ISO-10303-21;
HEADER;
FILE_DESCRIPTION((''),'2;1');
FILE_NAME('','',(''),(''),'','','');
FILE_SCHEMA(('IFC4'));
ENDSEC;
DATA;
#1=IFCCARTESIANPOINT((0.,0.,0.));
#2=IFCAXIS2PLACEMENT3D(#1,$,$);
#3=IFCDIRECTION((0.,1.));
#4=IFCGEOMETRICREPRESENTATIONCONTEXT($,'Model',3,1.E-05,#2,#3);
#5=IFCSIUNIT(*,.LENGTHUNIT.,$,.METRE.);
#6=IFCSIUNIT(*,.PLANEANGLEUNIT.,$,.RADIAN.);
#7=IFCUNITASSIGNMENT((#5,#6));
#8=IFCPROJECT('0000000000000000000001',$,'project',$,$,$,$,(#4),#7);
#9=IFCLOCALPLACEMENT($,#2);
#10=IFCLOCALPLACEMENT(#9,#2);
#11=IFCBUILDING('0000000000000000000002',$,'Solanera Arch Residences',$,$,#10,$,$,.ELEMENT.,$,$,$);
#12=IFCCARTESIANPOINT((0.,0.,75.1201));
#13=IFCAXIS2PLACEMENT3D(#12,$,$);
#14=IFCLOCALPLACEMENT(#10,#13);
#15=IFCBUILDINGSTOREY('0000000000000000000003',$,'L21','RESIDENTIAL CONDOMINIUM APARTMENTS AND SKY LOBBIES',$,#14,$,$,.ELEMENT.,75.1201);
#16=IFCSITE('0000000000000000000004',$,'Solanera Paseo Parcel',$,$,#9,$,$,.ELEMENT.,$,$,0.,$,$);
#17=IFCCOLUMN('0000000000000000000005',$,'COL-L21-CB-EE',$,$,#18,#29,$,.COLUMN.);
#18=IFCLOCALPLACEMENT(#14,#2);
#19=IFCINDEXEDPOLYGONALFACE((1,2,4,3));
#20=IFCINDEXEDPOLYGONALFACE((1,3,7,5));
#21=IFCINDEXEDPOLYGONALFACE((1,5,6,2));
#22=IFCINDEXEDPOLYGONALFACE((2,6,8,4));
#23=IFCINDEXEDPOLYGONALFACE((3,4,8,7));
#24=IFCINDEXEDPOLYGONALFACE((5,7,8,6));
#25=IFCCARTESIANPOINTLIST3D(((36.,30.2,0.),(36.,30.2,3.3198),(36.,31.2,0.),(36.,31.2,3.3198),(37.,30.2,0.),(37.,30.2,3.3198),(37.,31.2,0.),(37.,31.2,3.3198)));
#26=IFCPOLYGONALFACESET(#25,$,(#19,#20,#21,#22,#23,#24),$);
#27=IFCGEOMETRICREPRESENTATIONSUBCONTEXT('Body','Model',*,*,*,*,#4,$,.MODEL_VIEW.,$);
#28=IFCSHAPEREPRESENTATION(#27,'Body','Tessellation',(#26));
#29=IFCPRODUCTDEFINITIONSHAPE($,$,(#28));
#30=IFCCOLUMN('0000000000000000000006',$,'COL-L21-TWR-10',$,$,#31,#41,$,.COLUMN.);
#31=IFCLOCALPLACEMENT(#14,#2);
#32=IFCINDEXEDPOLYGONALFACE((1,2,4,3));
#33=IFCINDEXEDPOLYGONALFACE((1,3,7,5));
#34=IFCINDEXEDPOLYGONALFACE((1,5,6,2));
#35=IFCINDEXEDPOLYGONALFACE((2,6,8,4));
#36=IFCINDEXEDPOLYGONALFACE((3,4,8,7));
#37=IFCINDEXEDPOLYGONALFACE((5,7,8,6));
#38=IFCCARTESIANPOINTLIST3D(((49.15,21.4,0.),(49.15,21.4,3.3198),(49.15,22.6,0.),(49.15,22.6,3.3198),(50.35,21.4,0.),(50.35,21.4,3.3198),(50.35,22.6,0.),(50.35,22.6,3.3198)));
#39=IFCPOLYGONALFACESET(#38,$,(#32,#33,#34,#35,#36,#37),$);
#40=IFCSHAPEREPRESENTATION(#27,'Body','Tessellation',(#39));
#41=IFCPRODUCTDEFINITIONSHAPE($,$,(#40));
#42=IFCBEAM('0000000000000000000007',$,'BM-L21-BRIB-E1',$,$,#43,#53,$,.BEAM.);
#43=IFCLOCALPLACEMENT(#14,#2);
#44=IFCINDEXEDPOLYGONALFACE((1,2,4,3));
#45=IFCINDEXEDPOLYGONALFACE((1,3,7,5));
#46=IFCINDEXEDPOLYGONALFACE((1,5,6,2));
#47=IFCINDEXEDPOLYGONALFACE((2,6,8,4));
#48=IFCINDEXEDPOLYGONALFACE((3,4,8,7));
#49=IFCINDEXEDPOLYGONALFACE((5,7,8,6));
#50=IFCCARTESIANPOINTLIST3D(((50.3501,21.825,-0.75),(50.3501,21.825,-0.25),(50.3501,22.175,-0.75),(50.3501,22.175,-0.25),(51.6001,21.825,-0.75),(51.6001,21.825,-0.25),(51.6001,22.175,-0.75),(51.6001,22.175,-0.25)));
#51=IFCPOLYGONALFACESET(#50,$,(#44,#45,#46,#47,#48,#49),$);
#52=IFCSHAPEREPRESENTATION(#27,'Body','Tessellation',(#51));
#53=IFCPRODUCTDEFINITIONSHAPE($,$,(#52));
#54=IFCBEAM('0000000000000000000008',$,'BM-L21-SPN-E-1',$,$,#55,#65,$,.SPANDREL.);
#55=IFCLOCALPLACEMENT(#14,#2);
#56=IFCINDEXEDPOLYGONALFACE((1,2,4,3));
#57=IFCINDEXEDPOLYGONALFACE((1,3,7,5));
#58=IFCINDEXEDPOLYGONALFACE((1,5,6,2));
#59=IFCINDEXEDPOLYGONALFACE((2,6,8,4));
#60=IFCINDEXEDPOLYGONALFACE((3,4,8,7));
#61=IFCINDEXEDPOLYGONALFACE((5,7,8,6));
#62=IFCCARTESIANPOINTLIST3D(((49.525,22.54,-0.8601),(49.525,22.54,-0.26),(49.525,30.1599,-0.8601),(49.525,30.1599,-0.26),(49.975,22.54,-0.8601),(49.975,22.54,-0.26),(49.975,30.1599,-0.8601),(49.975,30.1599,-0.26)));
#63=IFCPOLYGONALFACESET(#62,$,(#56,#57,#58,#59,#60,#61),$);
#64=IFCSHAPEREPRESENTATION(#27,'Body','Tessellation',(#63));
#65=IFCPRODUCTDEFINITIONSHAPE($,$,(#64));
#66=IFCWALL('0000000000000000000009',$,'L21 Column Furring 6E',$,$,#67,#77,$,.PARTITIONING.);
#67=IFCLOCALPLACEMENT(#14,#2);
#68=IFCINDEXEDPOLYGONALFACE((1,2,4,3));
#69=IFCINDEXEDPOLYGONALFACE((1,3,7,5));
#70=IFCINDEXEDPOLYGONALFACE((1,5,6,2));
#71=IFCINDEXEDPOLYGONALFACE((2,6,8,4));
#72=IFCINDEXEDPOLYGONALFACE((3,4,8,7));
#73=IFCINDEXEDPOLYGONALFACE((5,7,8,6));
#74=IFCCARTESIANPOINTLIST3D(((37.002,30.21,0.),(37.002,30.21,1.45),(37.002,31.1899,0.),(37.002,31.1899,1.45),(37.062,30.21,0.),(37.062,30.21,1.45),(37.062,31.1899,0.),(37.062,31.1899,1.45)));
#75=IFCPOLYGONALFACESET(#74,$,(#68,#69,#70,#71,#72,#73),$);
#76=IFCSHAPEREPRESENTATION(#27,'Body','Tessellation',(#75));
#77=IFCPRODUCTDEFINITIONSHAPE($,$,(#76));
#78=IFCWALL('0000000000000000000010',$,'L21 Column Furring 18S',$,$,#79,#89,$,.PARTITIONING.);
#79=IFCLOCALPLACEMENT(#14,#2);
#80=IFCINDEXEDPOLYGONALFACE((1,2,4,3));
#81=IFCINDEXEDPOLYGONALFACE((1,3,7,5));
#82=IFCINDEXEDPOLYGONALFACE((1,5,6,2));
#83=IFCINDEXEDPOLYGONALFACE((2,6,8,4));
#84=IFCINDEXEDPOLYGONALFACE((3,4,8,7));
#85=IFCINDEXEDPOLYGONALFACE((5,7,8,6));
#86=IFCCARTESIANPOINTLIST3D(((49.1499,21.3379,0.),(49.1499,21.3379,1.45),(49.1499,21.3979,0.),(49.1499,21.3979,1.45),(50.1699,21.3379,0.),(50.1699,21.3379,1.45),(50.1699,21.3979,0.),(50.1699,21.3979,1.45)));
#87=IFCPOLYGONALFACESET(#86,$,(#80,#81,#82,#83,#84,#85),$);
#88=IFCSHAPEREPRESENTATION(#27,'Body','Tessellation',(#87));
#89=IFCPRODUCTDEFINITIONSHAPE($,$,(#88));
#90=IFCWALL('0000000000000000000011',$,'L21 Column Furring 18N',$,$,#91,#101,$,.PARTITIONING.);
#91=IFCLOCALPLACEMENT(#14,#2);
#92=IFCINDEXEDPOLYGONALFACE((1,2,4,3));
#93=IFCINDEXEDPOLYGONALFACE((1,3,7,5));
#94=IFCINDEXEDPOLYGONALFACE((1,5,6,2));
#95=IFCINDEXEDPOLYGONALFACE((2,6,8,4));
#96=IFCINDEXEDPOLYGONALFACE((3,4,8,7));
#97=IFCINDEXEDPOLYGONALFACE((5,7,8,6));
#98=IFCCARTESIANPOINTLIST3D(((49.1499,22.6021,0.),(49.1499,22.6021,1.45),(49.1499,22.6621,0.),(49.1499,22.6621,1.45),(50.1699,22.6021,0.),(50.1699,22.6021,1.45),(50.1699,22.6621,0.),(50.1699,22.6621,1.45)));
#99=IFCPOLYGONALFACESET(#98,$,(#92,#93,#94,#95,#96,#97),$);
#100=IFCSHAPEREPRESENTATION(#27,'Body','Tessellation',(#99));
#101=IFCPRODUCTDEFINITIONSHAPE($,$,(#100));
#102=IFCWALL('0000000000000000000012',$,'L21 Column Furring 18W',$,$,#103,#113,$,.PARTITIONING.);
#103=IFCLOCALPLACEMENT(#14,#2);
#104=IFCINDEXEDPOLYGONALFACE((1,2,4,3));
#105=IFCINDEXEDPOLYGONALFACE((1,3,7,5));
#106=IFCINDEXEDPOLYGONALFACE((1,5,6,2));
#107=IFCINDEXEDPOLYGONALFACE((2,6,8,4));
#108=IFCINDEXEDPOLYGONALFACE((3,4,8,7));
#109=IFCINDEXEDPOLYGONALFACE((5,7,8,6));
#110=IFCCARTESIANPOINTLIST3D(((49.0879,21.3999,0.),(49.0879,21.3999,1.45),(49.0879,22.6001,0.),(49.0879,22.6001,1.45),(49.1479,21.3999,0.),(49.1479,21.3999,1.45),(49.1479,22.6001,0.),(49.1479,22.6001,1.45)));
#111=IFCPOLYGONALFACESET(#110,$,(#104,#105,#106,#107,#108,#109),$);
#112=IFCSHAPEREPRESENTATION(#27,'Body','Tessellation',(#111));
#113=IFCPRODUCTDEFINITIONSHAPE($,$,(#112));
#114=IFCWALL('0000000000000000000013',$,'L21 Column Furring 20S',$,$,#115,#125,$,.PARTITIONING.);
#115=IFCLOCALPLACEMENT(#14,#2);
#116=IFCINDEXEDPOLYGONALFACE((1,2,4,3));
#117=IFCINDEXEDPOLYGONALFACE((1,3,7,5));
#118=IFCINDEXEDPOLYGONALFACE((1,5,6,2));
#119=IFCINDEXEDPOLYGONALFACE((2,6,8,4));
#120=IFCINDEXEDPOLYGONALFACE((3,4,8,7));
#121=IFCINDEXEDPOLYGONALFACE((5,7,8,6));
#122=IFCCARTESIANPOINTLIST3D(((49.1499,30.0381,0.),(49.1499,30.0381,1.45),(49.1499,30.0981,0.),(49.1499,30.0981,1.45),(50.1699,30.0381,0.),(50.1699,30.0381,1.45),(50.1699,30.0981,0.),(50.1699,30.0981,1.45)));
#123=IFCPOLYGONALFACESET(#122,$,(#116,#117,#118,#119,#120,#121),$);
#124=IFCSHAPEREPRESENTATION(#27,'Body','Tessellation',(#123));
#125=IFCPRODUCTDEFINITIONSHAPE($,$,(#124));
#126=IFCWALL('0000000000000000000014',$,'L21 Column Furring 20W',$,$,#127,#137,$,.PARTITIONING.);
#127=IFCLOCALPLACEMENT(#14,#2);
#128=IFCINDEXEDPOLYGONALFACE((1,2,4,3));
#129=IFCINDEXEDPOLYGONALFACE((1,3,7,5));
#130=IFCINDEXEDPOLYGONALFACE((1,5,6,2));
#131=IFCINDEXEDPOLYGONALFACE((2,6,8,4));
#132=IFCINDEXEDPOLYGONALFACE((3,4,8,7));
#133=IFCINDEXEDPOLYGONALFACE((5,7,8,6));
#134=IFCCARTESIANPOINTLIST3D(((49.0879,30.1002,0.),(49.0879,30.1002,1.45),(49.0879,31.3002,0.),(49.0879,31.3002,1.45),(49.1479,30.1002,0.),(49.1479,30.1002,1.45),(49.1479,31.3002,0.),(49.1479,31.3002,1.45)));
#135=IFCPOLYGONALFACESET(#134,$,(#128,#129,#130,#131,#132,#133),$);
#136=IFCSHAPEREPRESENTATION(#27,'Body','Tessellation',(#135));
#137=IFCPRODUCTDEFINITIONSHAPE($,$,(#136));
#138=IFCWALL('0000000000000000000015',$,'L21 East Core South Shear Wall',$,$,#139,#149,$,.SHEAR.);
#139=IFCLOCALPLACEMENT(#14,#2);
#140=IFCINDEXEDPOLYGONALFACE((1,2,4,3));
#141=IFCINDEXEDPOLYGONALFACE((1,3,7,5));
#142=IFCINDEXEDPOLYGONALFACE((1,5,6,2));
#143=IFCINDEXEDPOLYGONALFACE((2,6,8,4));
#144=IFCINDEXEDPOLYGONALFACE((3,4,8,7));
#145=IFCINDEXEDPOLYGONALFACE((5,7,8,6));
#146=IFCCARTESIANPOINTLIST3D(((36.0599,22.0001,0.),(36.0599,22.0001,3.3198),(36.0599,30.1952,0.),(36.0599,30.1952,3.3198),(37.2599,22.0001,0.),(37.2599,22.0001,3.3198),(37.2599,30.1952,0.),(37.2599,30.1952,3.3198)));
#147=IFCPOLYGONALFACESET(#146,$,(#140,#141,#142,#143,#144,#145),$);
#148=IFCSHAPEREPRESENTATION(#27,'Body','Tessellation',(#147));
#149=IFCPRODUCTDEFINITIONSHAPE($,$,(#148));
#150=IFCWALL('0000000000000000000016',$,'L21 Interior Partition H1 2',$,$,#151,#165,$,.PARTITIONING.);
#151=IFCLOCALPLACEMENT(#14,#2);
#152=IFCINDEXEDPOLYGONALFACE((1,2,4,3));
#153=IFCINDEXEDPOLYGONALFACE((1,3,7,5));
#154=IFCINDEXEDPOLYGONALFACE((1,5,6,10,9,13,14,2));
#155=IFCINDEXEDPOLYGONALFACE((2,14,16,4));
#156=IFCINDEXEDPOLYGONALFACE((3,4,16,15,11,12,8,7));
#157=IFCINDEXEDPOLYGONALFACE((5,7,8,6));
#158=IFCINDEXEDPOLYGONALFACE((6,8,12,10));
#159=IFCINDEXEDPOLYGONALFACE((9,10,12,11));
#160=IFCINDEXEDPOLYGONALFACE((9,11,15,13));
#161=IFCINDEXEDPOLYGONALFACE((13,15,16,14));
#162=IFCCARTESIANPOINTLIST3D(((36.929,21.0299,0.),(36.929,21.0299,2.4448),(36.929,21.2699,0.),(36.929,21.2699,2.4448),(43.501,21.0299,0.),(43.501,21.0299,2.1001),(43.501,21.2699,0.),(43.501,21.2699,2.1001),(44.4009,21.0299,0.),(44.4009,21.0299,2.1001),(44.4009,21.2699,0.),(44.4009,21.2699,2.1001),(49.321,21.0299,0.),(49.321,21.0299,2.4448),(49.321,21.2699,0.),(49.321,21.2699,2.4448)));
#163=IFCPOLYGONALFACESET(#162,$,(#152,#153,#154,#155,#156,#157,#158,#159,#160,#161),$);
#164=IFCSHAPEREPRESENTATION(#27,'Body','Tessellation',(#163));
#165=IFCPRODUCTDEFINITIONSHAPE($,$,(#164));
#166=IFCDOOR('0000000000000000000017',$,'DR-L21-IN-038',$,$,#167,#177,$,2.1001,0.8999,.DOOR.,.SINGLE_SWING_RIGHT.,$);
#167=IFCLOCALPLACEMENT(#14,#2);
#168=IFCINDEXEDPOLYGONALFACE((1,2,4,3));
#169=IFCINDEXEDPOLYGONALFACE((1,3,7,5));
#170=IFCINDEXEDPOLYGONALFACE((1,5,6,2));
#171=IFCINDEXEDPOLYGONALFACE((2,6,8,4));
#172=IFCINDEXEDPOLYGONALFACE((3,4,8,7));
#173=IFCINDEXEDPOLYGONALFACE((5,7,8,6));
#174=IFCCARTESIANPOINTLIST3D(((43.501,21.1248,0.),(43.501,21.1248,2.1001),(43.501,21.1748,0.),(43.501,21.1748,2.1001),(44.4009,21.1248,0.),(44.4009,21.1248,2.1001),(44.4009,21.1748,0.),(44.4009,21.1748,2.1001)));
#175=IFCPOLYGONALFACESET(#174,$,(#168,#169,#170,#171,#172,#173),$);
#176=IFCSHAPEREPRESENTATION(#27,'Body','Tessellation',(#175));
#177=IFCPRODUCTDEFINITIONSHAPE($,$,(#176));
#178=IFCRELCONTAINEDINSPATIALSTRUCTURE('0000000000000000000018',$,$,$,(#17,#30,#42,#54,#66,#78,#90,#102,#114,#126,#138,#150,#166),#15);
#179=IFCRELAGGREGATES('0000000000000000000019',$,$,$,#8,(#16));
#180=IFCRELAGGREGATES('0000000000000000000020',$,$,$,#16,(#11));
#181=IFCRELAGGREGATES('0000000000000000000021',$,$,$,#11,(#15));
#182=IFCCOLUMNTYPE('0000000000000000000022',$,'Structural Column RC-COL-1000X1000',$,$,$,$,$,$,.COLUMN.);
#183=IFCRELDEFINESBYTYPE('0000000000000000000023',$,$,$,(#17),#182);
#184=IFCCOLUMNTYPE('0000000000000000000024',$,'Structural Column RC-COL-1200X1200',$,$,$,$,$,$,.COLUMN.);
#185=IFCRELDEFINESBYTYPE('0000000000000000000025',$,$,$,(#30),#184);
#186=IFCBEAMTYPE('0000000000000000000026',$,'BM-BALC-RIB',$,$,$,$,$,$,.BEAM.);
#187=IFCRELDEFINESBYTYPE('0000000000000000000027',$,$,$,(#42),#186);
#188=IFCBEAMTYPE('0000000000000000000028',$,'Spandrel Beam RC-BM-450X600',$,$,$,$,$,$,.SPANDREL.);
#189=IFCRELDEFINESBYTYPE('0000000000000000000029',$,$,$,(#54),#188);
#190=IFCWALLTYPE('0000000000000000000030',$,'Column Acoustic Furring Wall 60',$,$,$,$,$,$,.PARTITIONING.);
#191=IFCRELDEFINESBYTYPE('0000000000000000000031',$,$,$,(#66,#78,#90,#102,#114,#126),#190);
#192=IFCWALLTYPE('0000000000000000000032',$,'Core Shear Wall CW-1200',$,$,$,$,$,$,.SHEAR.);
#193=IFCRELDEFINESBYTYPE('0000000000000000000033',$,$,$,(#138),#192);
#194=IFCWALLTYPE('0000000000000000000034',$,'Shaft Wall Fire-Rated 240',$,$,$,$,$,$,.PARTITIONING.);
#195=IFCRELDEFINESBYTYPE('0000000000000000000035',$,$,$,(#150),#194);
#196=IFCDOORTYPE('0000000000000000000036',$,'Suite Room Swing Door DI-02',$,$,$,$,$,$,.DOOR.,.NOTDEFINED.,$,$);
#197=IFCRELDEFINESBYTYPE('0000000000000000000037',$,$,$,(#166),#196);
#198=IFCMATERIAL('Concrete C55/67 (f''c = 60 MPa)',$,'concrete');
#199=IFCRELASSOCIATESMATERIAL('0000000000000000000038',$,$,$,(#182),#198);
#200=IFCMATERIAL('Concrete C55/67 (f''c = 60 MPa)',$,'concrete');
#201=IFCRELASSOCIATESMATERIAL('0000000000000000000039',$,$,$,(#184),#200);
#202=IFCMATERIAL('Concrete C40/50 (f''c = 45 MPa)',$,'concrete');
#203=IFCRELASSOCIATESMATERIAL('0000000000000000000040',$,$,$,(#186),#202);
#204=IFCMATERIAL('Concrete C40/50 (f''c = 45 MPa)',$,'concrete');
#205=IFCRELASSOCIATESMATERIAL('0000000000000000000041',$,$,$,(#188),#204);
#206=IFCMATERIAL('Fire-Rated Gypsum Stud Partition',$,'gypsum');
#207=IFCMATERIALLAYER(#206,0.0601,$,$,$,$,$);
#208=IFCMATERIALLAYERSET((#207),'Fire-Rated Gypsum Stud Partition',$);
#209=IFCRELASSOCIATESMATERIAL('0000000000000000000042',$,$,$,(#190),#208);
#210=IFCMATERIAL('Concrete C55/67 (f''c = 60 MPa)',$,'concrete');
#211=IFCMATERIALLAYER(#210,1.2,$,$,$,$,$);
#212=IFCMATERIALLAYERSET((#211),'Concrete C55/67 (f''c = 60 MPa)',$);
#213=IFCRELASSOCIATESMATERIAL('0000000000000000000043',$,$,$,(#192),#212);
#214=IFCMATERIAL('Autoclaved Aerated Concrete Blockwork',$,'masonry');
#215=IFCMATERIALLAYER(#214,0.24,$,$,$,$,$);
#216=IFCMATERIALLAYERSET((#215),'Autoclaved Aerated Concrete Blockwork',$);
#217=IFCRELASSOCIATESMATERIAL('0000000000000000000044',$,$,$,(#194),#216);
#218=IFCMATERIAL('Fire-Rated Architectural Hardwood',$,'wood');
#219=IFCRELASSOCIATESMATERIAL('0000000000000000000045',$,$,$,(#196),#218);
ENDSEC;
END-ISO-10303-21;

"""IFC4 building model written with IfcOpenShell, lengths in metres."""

from ifc_helpers import new_model, si_unit, direction, frame, frame_2d, origin, origin_2d, place, context, subcontext, project, spatial, rectangle, extrude, material, layer, layer_set, material_profile, profile_set, type_object, element, fill, save


model = new_model("IFC4")

# Units and contexts
model_context = context("Model", 3, precision=1e-05, world=origin(), true_north=direction((0.0, 1.0)))
body_context = subcontext(model_context, "Body", "Model", "MODEL_VIEW")
ifc_project = project(units=[si_unit("LENGTHUNIT", "METRE"), si_unit("PLANEANGLEUNIT", "RADIAN")], contexts=[model_context])

# Site, building, storey
site_placement = place(None, origin())
site = spatial("IfcSite", under=ifc_project, at=site_placement, Name="Solanera Paseo Parcel", CompositionType="ELEMENT", RefElevation=0.0)
building_placement = place(site_placement, origin())
building = spatial("IfcBuilding", under=site, at=building_placement, Name="Solanera Arch Residences", CompositionType="ELEMENT")
storey_placement = place(building_placement, frame((0.0, 0.0, 75.1201)))
storey = spatial("IfcBuildingStorey", under=building, at=storey_placement, Name="L21", Description="RESIDENTIAL CONDOMINIUM APARTMENTS AND SKY LOBBIES", CompositionType="ELEMENT", Elevation=75.1201)

# Columns
ifc_material_1 = material(Name="Concrete C55/67 (f'c = 60 MPa)", Category="concrete")
ifc_material_profile_1 = material_profile(ifc_material_1, rectangle(XDim=1.0, YDim=1.0, at=origin_2d()))
ifc_profile_set_1 = profile_set([ifc_material_profile_1], Name="Concrete C55/67 (f'c = 60 MPa)")
column_type_1 = type_object("IfcColumnType", Name="Structural Column RC-COL-1000X1000", PredefinedType="COLUMN", material=ifc_profile_set_1)
column_1_placement = place(storey_placement, frame((36.5, 30.7, 0.0), z_axis=(0.0, 0.0, 1.0), x_axis=(1.0, 0.0, 0.0)))
element("IfcColumn", 1, at=column_1_placement, inside=storey, type_object=column_type_1, Name="COL-L21-CB-EE", PredefinedType="COLUMN", context=body_context, shape_type="SweptSolid", body=[
    extrude(rectangle(XDim=1.0, YDim=1.0, at=origin_2d()), origin(), (0.0, 0.0, 1.0), 3.3198),
])
ifc_material_2 = material(Name="Concrete C55/67 (f'c = 60 MPa)", Category="concrete")
ifc_material_profile_2 = material_profile(ifc_material_2, rectangle(XDim=1.2, YDim=1.2, at=origin_2d()))
ifc_profile_set_2 = profile_set([ifc_material_profile_2], Name="Concrete C55/67 (f'c = 60 MPa)")
column_type_2 = type_object("IfcColumnType", Name="Structural Column RC-COL-1200X1200", PredefinedType="COLUMN", material=ifc_profile_set_2)
column_2_placement = place(storey_placement, frame((49.75, 22.0, 0.0), z_axis=(0.0, 0.0, 1.0), x_axis=(1.0, 0.0, 0.0)))
element("IfcColumn", 2, at=column_2_placement, inside=storey, type_object=column_type_2, Name="COL-L21-TWR-10", PredefinedType="COLUMN", context=body_context, shape_type="SweptSolid", body=[
    extrude(rectangle(XDim=1.2, YDim=1.2, at=origin_2d()), origin(), (0.0, 0.0, 1.0), 3.3198),
])

# Beams
ifc_material_3 = material(Name="Concrete C40/50 (f'c = 45 MPa)", Category="concrete")
ifc_material_profile_3 = material_profile(ifc_material_3, rectangle(XDim=0.3501, YDim=0.5, at=origin_2d()))
ifc_profile_set_3 = profile_set([ifc_material_profile_3], Name="Concrete C40/50 (f'c = 45 MPa)")
beam_type_1 = type_object("IfcBeamType", Name="BM-BALC-RIB", PredefinedType="BEAM", material=ifc_profile_set_3)
beam_1_placement = place(storey_placement, frame((50.3501, 22.0, -0.5), z_axis=(1.0, 0.0, 0.0), x_axis=(0.0, 1.0, 0.0)))
element("IfcBeam", 3, at=beam_1_placement, inside=storey, type_object=beam_type_1, Name="BM-L21-BRIB-E1", PredefinedType="BEAM", context=body_context, shape_type="SweptSolid", body=[
    extrude(rectangle(XDim=0.3501, YDim=0.5, at=origin_2d()), origin(), (0.0, 0.0, 1.0), 1.25),
])
ifc_material_4 = material(Name="Concrete C40/50 (f'c = 45 MPa)", Category="concrete")
ifc_material_profile_4 = material_profile(ifc_material_4, rectangle(XDim=0.45, YDim=0.6001, at=origin_2d()))
ifc_profile_set_4 = profile_set([ifc_material_profile_4], Name="Concrete C40/50 (f'c = 45 MPa)")
beam_type_2 = type_object("IfcBeamType", Name="Spandrel Beam RC-BM-450X600", PredefinedType="SPANDREL", material=ifc_profile_set_4)
beam_2_placement = place(storey_placement, frame((49.75, 22.54, -0.5601), z_axis=(0.0, 1.0, 0.0), x_axis=(-1.0, 0.0, 0.0)))
element("IfcBeam", 4, at=beam_2_placement, inside=storey, type_object=beam_type_2, Name="BM-L21-SPN-E-1", PredefinedType="SPANDREL", context=body_context, shape_type="SweptSolid", body=[
    extrude(rectangle(XDim=0.45, YDim=0.6001, at=origin_2d()), origin(), (0.0, 0.0, 1.0), 7.6199),
])

# Walls
ifc_material_5 = material(Name="Fire-Rated Gypsum Stud Partition", Category="gypsum")
ifc_layer_1 = layer(ifc_material_5, 0.0601)
ifc_layer_set_1 = layer_set([ifc_layer_1], Name="Fire-Rated Gypsum Stud Partition")
wall_type_1 = type_object("IfcWallType", Name="Column Acoustic Furring Wall 60", PredefinedType="PARTITIONING", material=ifc_layer_set_1)
wall_1_placement = place(storey_placement, frame((37.032, 30.21, 0.0), z_axis=(0.0, 0.0, 1.0), x_axis=(0.0, 1.0, 0.0)))
element("IfcWall", 5, at=wall_1_placement, inside=storey, type_object=wall_type_1, Name="L21 Column Furring 6E", PredefinedType="PARTITIONING", context=body_context, shape_type="SweptSolid", body=[
    extrude(rectangle(XDim=0.98, YDim=0.0601, at=frame_2d((0.49, 0.0))), origin(), (0.0, 0.0, 1.0), 1.45),
])
for number, where, z_axis, x_axis, name in (
    (6, (49.1499, 21.3679, 0.0), (0.0, 0.0, 1.0), (1.0, 0.0, 0.0), "L21 Column Furring 18S"),
    (7, (49.1499, 22.6321, 0.0), (0.0, 0.0, 1.0), (1.0, 0.0, 0.0), "L21 Column Furring 18N"),
):
    element("IfcWall", number, at=place(storey_placement, frame(where, z_axis=z_axis, x_axis=x_axis)), inside=storey, type_object=wall_type_1, Name=name, PredefinedType="PARTITIONING", context=body_context, shape_type="SweptSolid", body=[
        extrude(rectangle(XDim=1.02, YDim=0.0601, at=frame_2d((0.51, 0.0))), origin(), (0.0, 0.0, 1.0), 1.45),
    ])
wall_2_placement = place(storey_placement, frame((49.1179, 21.3999, 0.0), z_axis=(0.0, 0.0, 1.0), x_axis=(0.0, 1.0, 0.0)))
element("IfcWall", 8, at=wall_2_placement, inside=storey, type_object=wall_type_1, Name="L21 Column Furring 18W", PredefinedType="PARTITIONING", context=body_context, shape_type="SweptSolid", body=[
    extrude(rectangle(XDim=1.2002, YDim=0.0601, at=frame_2d((0.6001, 0.0))), origin(), (0.0, 0.0, 1.0), 1.45),
])
wall_3_placement = place(storey_placement, frame((49.1499, 30.0681, 0.0), z_axis=(0.0, 0.0, 1.0), x_axis=(1.0, 0.0, 0.0)))
element("IfcWall", 9, at=wall_3_placement, inside=storey, type_object=wall_type_1, Name="L21 Column Furring 20S", PredefinedType="PARTITIONING", context=body_context, shape_type="SweptSolid", body=[
    extrude(rectangle(XDim=1.02, YDim=0.0601, at=frame_2d((0.51, 0.0))), origin(), (0.0, 0.0, 1.0), 1.45),
])
wall_4_placement = place(storey_placement, frame((49.1179, 30.1001, 0.0), z_axis=(0.0, 0.0, 1.0), x_axis=(0.0, 1.0, 0.0)))
element("IfcWall", 10, at=wall_4_placement, inside=storey, type_object=wall_type_1, Name="L21 Column Furring 20W", PredefinedType="PARTITIONING", context=body_context, shape_type="SweptSolid", body=[
    extrude(rectangle(XDim=1.2, YDim=0.0601, at=frame_2d((0.6001, 0.0))), origin(), (0.0, 0.0, 1.0), 1.45),
])
ifc_material_6 = material(Name="Concrete C55/67 (f'c = 60 MPa)", Category="concrete")
ifc_layer_2 = layer(ifc_material_6, 1.2)
ifc_layer_set_2 = layer_set([ifc_layer_2], Name="Concrete C55/67 (f'c = 60 MPa)")
wall_type_2 = type_object("IfcWallType", Name="Core Shear Wall CW-1200", PredefinedType="SHEAR", material=ifc_layer_set_2)
wall_5_placement = place(storey_placement, frame((36.6599, 22.0, 0.0), z_axis=(0.0, 0.0, 1.0), x_axis=(0.0, 1.0, 0.0)))
element("IfcWall", 11, at=wall_5_placement, inside=storey, type_object=wall_type_2, Name="L21 East Core South Shear Wall", PredefinedType="SHEAR", context=body_context, shape_type="SweptSolid", body=[
    extrude(rectangle(XDim=8.1951, YDim=1.2, at=frame_2d((4.0977, 0.0))), origin(), (0.0, 0.0, 1.0), 3.3198),
])

# Wall, opening, door
ifc_material_7 = material(Name="Autoclaved Aerated Concrete Blockwork", Category="masonry")
ifc_layer_3 = layer(ifc_material_7, 0.24)
ifc_layer_set_3 = layer_set([ifc_layer_3], Name="Autoclaved Aerated Concrete Blockwork")
wall_type_3 = type_object("IfcWallType", Name="Shaft Wall Fire-Rated 240", PredefinedType="PARTITIONING", material=ifc_layer_set_3)
wall_6_placement = place(storey_placement, frame((36.929, 21.1499, 0.0), z_axis=(0.0, 0.0, 1.0), x_axis=(1.0, 0.0, 0.0)))
wall_6 = element("IfcWall", 12, at=wall_6_placement, inside=storey, type_object=wall_type_3, Name="L21 Interior Partition H1 2", PredefinedType="PARTITIONING", context=body_context, shape_type="SweptSolid", body=[
    extrude(rectangle(XDim=12.3921, YDim=0.24, at=frame_2d((6.196, 0.0))), origin(), (0.0, 0.0, 1.0), 2.4448),
])
opening_1_placement = place(wall_6_placement, frame((6.572, 0.0, 0.0)))
opening_1 = element("IfcOpeningElement", 13, at=opening_1_placement, cuts=wall_6, PredefinedType="OPENING", context=body_context, shape_type="SweptSolid", body=[
    extrude(rectangle(XDim=0.8999, YDim=2.1001, at=frame_2d((0.45, 1.05))), frame((0.0, 0.1299, 0.0), z_axis=(0.0, -1.0, 0.0), x_axis=(1.0, 0.0, 0.0)), (0.0, 0.0, 1.0), 0.26),
])
ifc_material_8 = material(Name="Fire-Rated Architectural Hardwood", Category="wood")
door_type_1 = type_object("IfcDoorType", Name="Suite Room Swing Door DI-02", OperationType="NOTDEFINED", PredefinedType="DOOR", material=ifc_material_8)
door_1_placement = place(opening_1_placement, origin())
door_1 = element("IfcDoor", 14, at=door_1_placement, inside=storey, type_object=door_type_1, Name="DR-L21-IN-038", OperationType="SINGLE_SWING_RIGHT", OverallHeight=2.1001, OverallWidth=0.8999, PredefinedType="DOOR", context=body_context, shape_type="SweptSolid", body=[
    extrude(rectangle(XDim=0.8999, YDim=2.1001, at=frame_2d((0.45, 1.05))), frame((0.0, 0.0249, 0.0), z_axis=(0.0, -1.0, 0.0), x_axis=(1.0, 0.0, 0.0)), (0.0, 0.0, 1.0), 0.05),
])
fill(opening_1, door_1)

save(model, "model.ifc")
